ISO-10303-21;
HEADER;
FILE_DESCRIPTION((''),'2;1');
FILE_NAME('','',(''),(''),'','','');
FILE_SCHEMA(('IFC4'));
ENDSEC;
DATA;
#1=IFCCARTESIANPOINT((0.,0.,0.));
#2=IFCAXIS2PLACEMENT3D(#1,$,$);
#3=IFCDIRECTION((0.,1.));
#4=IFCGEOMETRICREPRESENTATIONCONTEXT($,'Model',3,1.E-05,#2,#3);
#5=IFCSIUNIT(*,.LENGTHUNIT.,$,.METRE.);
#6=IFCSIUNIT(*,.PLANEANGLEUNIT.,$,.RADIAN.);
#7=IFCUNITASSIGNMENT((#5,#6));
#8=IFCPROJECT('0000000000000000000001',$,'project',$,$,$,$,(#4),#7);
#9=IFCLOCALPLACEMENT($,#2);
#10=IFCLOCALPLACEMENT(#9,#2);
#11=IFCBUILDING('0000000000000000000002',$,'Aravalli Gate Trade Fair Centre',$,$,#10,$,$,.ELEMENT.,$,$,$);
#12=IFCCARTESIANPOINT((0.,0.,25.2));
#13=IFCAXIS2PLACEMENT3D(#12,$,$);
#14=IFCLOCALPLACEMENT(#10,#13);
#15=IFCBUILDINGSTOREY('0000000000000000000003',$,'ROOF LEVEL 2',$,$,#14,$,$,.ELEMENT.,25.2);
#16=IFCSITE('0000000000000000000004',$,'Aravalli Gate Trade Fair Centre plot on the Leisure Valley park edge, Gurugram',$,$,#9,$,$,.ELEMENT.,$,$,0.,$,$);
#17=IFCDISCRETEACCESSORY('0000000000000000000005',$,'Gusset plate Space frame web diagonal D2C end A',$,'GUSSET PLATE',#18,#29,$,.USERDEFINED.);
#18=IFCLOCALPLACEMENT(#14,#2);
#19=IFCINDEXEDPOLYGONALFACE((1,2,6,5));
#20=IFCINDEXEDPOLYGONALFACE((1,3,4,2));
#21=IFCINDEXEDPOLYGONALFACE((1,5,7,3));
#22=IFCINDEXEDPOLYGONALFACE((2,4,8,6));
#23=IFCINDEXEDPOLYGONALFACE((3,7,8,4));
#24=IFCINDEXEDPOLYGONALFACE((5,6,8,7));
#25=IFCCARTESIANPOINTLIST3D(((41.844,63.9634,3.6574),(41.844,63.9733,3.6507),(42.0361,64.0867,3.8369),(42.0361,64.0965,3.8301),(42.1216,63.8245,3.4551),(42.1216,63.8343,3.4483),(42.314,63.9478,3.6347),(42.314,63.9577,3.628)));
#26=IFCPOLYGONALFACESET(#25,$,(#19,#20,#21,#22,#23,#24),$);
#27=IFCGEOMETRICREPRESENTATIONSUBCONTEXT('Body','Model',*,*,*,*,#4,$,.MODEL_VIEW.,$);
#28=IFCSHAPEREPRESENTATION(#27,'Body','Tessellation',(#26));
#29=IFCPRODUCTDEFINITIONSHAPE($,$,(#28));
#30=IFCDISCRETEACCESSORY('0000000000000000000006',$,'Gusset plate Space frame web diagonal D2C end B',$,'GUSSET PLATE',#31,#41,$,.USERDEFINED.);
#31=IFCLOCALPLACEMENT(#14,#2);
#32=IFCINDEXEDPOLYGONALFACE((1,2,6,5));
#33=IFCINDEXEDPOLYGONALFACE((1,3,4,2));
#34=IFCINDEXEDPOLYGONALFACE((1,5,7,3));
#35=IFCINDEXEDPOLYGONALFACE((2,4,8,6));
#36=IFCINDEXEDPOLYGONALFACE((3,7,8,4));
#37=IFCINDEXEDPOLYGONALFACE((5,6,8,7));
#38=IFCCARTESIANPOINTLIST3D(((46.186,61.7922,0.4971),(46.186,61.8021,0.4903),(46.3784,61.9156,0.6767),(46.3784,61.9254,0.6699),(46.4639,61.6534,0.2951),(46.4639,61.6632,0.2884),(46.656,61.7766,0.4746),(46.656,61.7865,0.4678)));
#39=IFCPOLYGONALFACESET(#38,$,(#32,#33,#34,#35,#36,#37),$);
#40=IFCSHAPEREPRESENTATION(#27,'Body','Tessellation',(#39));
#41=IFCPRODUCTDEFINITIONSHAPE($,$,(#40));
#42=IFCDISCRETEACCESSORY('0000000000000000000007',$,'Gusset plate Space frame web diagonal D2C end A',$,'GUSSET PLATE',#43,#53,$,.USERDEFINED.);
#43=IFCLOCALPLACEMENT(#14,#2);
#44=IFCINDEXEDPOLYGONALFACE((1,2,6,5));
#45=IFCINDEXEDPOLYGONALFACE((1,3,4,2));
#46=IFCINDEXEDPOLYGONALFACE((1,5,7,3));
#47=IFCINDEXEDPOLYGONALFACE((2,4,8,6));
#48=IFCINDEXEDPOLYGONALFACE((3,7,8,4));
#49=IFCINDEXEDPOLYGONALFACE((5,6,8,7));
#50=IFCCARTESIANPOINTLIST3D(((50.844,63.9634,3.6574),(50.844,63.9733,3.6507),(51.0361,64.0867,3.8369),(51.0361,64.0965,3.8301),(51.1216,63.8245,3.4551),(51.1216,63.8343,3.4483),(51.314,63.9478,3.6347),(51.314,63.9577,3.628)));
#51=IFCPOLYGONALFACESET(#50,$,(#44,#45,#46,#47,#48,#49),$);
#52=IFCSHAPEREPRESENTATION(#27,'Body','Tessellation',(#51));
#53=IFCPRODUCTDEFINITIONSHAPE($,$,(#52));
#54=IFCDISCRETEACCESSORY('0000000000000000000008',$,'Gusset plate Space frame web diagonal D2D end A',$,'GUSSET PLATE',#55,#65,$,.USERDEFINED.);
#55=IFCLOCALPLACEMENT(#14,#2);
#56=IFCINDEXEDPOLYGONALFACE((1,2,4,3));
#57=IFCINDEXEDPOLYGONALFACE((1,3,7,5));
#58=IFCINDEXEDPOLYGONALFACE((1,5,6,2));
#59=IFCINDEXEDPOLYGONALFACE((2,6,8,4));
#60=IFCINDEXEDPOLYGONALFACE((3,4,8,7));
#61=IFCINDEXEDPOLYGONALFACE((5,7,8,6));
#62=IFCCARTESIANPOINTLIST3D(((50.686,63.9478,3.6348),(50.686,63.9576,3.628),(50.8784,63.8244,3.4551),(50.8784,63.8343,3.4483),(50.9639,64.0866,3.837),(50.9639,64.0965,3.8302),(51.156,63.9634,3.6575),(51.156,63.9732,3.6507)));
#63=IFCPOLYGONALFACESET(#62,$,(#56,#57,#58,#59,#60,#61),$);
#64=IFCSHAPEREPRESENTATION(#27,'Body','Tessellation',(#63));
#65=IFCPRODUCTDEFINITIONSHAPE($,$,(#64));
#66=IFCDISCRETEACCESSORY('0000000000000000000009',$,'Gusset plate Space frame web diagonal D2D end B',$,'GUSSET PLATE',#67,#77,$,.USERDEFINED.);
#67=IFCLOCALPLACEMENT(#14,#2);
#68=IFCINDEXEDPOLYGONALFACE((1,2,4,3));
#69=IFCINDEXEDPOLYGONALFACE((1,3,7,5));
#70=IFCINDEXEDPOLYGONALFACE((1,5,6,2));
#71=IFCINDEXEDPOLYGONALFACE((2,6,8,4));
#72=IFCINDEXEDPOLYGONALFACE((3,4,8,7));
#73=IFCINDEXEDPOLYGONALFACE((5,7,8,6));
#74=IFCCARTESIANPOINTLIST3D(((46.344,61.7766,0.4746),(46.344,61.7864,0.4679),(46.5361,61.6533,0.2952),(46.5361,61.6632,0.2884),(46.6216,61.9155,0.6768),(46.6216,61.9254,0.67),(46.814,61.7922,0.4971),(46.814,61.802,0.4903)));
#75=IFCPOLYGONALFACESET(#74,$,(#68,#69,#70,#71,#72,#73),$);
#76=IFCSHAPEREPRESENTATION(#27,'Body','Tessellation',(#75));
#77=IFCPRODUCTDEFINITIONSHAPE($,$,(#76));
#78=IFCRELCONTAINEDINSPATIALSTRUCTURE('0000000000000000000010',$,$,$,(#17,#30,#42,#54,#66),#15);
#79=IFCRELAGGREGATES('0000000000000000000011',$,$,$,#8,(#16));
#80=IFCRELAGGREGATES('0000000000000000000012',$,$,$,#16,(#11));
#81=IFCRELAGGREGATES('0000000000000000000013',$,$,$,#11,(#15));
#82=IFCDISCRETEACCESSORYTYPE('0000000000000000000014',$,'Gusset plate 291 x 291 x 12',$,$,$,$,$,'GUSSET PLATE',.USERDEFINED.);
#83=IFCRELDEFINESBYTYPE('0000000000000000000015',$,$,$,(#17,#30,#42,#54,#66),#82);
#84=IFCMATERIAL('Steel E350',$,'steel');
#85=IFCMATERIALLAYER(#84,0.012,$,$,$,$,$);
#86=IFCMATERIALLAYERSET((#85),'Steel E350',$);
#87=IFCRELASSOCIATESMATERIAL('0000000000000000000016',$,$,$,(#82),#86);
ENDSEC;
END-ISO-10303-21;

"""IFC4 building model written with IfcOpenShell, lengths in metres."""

from ifc_helpers import new_model, si_unit, direction, frame, origin, place, context, subcontext, project, spatial, polyline, outline, extrude, material, layer, layer_set, type_object, element, save


model = new_model("IFC4")

# Units and contexts
model_context = context("Model", 3, precision=1e-05, world=origin(), true_north=direction((0.0, 1.0)))
body_context = subcontext(model_context, "Body", "Model", "MODEL_VIEW")
ifc_project = project(units=[si_unit("LENGTHUNIT", "METRE"), si_unit("PLANEANGLEUNIT", "RADIAN")], contexts=[model_context])

# Site, building, storey
site_placement = place(None, origin())
site = spatial("IfcSite", under=ifc_project, at=site_placement, Name="Aravalli Gate Trade Fair Centre plot on the Leisure Valley park edge, Gurugram", CompositionType="ELEMENT", RefElevation=0.0)
building_placement = place(site_placement, origin())
building = spatial("IfcBuilding", under=site, at=building_placement, Name="Aravalli Gate Trade Fair Centre", CompositionType="ELEMENT")
storey_placement = place(building_placement, frame((0.0, 0.0, 25.2)))
storey = spatial("IfcBuildingStorey", under=building, at=storey_placement, Name="ROOF LEVEL 2", CompositionType="ELEMENT", Elevation=25.2)

# Shared definitions
ifc_material = material(Name="Steel E350", Category="steel")

# Discrete accessories
ifc_layer = layer(ifc_material, 0.012)
ifc_layer_set = layer_set([ifc_layer], Name="Steel E350")
discrete_accessory_type = type_object("IfcDiscreteAccessoryType", Name="Gusset plate 291 x 291 x 12", ElementType="GUSSET PLATE", PredefinedType="USERDEFINED", material=ifc_layer_set)
discrete_accessory_1_placement = place(storey_placement, frame((42.1216, 63.8245, 3.4551), z_axis=(-0.000059, -0.824356, 0.566072), x_axis=(-0.749102, 0.375034, 0.546073)))
element("IfcDiscreteAccessory", 1, at=discrete_accessory_1_placement, inside=storey, type_object=discrete_accessory_type, Name="Gusset plate Space frame web diagonal D2C end A", ObjectType="GUSSET PLATE", PredefinedType="USERDEFINED", context=body_context, shape_type="SweptSolid", body=[
    extrude(outline(polyline([(0.0, 0.0), (0.3706, 0.0), (0.3709, -0.2904), (0.0002, -0.2907), (0.0, 0.0)])), origin(), (0.0, 0.0, -1.0), 0.012),
])
discrete_accessory_2_placement = place(storey_placement, frame((46.186, 61.7922, 0.4971), z_axis=(-0.000339, -0.824216, 0.566276), x_axis=(0.749929, -0.374811, -0.545089)))
element("IfcDiscreteAccessory", 2, at=discrete_accessory_2_placement, inside=storey, type_object=discrete_accessory_type, Name="Gusset plate Space frame web diagonal D2C end B", ObjectType="GUSSET PLATE", PredefinedType="USERDEFINED", context=body_context, shape_type="SweptSolid", body=[
    extrude(outline(polyline([(0.0, 0.0), (0.3705, 0.0), (0.3705, 0.2904), (0.0001, 0.2907), (0.0, 0.0)])), origin(), (0.0, 0.0, -1.0), 0.012),
])
discrete_accessory_3_placement = place(storey_placement, frame((51.1216, 63.8245, 3.4551), z_axis=(-0.000059, -0.824356, 0.566072), x_axis=(-0.749102, 0.375034, 0.546073)))
element("IfcDiscreteAccessory", 3, at=discrete_accessory_3_placement, inside=storey, type_object=discrete_accessory_type, Name="Gusset plate Space frame web diagonal D2C end A", ObjectType="GUSSET PLATE", PredefinedType="USERDEFINED", context=body_context, shape_type="SweptSolid", body=[
    extrude(outline(polyline([(0.0, 0.0), (0.3706, 0.0), (0.3709, -0.2904), (0.0002, -0.2907), (0.0, 0.0)])), origin(), (0.0, 0.0, -1.0), 0.012),
])
discrete_accessory_4_placement = place(storey_placement, frame((50.686, 63.9478, 3.6348), z_axis=(0.000059, -0.824356, 0.566072), x_axis=(0.74966, 0.374676, 0.545552)))
element("IfcDiscreteAccessory", 4, at=discrete_accessory_4_placement, inside=storey, type_object=discrete_accessory_type, Name="Gusset plate Space frame web diagonal D2D end A", ObjectType="GUSSET PLATE", PredefinedType="USERDEFINED", context=body_context, shape_type="SweptSolid", body=[
    extrude(outline(polyline([(0.0, 0.0), (0.3706, 0.0), (0.3706, -0.2904), (0.0, -0.2907), (0.0, 0.0)])), origin(), (0.0, 0.0, -1.0), 0.012),
])
discrete_accessory_5_placement = place(storey_placement, frame((46.6216, 61.9155, 0.6768), z_axis=(0.000339, -0.824216, 0.566276), x_axis=(-0.749371, -0.375169, -0.545611)))
element("IfcDiscreteAccessory", 5, at=discrete_accessory_5_placement, inside=storey, type_object=discrete_accessory_type, Name="Gusset plate Space frame web diagonal D2D end B", ObjectType="GUSSET PLATE", PredefinedType="USERDEFINED", context=body_context, shape_type="SweptSolid", body=[
    extrude(outline(polyline([(0.0, 0.0), (0.3704, 0.0), (0.3706, 0.2904), (0.0001, 0.2907), (0.0, 0.0)])), origin(), (0.0, 0.0, -1.0), 0.012),
])

save(model, "model.ifc")
